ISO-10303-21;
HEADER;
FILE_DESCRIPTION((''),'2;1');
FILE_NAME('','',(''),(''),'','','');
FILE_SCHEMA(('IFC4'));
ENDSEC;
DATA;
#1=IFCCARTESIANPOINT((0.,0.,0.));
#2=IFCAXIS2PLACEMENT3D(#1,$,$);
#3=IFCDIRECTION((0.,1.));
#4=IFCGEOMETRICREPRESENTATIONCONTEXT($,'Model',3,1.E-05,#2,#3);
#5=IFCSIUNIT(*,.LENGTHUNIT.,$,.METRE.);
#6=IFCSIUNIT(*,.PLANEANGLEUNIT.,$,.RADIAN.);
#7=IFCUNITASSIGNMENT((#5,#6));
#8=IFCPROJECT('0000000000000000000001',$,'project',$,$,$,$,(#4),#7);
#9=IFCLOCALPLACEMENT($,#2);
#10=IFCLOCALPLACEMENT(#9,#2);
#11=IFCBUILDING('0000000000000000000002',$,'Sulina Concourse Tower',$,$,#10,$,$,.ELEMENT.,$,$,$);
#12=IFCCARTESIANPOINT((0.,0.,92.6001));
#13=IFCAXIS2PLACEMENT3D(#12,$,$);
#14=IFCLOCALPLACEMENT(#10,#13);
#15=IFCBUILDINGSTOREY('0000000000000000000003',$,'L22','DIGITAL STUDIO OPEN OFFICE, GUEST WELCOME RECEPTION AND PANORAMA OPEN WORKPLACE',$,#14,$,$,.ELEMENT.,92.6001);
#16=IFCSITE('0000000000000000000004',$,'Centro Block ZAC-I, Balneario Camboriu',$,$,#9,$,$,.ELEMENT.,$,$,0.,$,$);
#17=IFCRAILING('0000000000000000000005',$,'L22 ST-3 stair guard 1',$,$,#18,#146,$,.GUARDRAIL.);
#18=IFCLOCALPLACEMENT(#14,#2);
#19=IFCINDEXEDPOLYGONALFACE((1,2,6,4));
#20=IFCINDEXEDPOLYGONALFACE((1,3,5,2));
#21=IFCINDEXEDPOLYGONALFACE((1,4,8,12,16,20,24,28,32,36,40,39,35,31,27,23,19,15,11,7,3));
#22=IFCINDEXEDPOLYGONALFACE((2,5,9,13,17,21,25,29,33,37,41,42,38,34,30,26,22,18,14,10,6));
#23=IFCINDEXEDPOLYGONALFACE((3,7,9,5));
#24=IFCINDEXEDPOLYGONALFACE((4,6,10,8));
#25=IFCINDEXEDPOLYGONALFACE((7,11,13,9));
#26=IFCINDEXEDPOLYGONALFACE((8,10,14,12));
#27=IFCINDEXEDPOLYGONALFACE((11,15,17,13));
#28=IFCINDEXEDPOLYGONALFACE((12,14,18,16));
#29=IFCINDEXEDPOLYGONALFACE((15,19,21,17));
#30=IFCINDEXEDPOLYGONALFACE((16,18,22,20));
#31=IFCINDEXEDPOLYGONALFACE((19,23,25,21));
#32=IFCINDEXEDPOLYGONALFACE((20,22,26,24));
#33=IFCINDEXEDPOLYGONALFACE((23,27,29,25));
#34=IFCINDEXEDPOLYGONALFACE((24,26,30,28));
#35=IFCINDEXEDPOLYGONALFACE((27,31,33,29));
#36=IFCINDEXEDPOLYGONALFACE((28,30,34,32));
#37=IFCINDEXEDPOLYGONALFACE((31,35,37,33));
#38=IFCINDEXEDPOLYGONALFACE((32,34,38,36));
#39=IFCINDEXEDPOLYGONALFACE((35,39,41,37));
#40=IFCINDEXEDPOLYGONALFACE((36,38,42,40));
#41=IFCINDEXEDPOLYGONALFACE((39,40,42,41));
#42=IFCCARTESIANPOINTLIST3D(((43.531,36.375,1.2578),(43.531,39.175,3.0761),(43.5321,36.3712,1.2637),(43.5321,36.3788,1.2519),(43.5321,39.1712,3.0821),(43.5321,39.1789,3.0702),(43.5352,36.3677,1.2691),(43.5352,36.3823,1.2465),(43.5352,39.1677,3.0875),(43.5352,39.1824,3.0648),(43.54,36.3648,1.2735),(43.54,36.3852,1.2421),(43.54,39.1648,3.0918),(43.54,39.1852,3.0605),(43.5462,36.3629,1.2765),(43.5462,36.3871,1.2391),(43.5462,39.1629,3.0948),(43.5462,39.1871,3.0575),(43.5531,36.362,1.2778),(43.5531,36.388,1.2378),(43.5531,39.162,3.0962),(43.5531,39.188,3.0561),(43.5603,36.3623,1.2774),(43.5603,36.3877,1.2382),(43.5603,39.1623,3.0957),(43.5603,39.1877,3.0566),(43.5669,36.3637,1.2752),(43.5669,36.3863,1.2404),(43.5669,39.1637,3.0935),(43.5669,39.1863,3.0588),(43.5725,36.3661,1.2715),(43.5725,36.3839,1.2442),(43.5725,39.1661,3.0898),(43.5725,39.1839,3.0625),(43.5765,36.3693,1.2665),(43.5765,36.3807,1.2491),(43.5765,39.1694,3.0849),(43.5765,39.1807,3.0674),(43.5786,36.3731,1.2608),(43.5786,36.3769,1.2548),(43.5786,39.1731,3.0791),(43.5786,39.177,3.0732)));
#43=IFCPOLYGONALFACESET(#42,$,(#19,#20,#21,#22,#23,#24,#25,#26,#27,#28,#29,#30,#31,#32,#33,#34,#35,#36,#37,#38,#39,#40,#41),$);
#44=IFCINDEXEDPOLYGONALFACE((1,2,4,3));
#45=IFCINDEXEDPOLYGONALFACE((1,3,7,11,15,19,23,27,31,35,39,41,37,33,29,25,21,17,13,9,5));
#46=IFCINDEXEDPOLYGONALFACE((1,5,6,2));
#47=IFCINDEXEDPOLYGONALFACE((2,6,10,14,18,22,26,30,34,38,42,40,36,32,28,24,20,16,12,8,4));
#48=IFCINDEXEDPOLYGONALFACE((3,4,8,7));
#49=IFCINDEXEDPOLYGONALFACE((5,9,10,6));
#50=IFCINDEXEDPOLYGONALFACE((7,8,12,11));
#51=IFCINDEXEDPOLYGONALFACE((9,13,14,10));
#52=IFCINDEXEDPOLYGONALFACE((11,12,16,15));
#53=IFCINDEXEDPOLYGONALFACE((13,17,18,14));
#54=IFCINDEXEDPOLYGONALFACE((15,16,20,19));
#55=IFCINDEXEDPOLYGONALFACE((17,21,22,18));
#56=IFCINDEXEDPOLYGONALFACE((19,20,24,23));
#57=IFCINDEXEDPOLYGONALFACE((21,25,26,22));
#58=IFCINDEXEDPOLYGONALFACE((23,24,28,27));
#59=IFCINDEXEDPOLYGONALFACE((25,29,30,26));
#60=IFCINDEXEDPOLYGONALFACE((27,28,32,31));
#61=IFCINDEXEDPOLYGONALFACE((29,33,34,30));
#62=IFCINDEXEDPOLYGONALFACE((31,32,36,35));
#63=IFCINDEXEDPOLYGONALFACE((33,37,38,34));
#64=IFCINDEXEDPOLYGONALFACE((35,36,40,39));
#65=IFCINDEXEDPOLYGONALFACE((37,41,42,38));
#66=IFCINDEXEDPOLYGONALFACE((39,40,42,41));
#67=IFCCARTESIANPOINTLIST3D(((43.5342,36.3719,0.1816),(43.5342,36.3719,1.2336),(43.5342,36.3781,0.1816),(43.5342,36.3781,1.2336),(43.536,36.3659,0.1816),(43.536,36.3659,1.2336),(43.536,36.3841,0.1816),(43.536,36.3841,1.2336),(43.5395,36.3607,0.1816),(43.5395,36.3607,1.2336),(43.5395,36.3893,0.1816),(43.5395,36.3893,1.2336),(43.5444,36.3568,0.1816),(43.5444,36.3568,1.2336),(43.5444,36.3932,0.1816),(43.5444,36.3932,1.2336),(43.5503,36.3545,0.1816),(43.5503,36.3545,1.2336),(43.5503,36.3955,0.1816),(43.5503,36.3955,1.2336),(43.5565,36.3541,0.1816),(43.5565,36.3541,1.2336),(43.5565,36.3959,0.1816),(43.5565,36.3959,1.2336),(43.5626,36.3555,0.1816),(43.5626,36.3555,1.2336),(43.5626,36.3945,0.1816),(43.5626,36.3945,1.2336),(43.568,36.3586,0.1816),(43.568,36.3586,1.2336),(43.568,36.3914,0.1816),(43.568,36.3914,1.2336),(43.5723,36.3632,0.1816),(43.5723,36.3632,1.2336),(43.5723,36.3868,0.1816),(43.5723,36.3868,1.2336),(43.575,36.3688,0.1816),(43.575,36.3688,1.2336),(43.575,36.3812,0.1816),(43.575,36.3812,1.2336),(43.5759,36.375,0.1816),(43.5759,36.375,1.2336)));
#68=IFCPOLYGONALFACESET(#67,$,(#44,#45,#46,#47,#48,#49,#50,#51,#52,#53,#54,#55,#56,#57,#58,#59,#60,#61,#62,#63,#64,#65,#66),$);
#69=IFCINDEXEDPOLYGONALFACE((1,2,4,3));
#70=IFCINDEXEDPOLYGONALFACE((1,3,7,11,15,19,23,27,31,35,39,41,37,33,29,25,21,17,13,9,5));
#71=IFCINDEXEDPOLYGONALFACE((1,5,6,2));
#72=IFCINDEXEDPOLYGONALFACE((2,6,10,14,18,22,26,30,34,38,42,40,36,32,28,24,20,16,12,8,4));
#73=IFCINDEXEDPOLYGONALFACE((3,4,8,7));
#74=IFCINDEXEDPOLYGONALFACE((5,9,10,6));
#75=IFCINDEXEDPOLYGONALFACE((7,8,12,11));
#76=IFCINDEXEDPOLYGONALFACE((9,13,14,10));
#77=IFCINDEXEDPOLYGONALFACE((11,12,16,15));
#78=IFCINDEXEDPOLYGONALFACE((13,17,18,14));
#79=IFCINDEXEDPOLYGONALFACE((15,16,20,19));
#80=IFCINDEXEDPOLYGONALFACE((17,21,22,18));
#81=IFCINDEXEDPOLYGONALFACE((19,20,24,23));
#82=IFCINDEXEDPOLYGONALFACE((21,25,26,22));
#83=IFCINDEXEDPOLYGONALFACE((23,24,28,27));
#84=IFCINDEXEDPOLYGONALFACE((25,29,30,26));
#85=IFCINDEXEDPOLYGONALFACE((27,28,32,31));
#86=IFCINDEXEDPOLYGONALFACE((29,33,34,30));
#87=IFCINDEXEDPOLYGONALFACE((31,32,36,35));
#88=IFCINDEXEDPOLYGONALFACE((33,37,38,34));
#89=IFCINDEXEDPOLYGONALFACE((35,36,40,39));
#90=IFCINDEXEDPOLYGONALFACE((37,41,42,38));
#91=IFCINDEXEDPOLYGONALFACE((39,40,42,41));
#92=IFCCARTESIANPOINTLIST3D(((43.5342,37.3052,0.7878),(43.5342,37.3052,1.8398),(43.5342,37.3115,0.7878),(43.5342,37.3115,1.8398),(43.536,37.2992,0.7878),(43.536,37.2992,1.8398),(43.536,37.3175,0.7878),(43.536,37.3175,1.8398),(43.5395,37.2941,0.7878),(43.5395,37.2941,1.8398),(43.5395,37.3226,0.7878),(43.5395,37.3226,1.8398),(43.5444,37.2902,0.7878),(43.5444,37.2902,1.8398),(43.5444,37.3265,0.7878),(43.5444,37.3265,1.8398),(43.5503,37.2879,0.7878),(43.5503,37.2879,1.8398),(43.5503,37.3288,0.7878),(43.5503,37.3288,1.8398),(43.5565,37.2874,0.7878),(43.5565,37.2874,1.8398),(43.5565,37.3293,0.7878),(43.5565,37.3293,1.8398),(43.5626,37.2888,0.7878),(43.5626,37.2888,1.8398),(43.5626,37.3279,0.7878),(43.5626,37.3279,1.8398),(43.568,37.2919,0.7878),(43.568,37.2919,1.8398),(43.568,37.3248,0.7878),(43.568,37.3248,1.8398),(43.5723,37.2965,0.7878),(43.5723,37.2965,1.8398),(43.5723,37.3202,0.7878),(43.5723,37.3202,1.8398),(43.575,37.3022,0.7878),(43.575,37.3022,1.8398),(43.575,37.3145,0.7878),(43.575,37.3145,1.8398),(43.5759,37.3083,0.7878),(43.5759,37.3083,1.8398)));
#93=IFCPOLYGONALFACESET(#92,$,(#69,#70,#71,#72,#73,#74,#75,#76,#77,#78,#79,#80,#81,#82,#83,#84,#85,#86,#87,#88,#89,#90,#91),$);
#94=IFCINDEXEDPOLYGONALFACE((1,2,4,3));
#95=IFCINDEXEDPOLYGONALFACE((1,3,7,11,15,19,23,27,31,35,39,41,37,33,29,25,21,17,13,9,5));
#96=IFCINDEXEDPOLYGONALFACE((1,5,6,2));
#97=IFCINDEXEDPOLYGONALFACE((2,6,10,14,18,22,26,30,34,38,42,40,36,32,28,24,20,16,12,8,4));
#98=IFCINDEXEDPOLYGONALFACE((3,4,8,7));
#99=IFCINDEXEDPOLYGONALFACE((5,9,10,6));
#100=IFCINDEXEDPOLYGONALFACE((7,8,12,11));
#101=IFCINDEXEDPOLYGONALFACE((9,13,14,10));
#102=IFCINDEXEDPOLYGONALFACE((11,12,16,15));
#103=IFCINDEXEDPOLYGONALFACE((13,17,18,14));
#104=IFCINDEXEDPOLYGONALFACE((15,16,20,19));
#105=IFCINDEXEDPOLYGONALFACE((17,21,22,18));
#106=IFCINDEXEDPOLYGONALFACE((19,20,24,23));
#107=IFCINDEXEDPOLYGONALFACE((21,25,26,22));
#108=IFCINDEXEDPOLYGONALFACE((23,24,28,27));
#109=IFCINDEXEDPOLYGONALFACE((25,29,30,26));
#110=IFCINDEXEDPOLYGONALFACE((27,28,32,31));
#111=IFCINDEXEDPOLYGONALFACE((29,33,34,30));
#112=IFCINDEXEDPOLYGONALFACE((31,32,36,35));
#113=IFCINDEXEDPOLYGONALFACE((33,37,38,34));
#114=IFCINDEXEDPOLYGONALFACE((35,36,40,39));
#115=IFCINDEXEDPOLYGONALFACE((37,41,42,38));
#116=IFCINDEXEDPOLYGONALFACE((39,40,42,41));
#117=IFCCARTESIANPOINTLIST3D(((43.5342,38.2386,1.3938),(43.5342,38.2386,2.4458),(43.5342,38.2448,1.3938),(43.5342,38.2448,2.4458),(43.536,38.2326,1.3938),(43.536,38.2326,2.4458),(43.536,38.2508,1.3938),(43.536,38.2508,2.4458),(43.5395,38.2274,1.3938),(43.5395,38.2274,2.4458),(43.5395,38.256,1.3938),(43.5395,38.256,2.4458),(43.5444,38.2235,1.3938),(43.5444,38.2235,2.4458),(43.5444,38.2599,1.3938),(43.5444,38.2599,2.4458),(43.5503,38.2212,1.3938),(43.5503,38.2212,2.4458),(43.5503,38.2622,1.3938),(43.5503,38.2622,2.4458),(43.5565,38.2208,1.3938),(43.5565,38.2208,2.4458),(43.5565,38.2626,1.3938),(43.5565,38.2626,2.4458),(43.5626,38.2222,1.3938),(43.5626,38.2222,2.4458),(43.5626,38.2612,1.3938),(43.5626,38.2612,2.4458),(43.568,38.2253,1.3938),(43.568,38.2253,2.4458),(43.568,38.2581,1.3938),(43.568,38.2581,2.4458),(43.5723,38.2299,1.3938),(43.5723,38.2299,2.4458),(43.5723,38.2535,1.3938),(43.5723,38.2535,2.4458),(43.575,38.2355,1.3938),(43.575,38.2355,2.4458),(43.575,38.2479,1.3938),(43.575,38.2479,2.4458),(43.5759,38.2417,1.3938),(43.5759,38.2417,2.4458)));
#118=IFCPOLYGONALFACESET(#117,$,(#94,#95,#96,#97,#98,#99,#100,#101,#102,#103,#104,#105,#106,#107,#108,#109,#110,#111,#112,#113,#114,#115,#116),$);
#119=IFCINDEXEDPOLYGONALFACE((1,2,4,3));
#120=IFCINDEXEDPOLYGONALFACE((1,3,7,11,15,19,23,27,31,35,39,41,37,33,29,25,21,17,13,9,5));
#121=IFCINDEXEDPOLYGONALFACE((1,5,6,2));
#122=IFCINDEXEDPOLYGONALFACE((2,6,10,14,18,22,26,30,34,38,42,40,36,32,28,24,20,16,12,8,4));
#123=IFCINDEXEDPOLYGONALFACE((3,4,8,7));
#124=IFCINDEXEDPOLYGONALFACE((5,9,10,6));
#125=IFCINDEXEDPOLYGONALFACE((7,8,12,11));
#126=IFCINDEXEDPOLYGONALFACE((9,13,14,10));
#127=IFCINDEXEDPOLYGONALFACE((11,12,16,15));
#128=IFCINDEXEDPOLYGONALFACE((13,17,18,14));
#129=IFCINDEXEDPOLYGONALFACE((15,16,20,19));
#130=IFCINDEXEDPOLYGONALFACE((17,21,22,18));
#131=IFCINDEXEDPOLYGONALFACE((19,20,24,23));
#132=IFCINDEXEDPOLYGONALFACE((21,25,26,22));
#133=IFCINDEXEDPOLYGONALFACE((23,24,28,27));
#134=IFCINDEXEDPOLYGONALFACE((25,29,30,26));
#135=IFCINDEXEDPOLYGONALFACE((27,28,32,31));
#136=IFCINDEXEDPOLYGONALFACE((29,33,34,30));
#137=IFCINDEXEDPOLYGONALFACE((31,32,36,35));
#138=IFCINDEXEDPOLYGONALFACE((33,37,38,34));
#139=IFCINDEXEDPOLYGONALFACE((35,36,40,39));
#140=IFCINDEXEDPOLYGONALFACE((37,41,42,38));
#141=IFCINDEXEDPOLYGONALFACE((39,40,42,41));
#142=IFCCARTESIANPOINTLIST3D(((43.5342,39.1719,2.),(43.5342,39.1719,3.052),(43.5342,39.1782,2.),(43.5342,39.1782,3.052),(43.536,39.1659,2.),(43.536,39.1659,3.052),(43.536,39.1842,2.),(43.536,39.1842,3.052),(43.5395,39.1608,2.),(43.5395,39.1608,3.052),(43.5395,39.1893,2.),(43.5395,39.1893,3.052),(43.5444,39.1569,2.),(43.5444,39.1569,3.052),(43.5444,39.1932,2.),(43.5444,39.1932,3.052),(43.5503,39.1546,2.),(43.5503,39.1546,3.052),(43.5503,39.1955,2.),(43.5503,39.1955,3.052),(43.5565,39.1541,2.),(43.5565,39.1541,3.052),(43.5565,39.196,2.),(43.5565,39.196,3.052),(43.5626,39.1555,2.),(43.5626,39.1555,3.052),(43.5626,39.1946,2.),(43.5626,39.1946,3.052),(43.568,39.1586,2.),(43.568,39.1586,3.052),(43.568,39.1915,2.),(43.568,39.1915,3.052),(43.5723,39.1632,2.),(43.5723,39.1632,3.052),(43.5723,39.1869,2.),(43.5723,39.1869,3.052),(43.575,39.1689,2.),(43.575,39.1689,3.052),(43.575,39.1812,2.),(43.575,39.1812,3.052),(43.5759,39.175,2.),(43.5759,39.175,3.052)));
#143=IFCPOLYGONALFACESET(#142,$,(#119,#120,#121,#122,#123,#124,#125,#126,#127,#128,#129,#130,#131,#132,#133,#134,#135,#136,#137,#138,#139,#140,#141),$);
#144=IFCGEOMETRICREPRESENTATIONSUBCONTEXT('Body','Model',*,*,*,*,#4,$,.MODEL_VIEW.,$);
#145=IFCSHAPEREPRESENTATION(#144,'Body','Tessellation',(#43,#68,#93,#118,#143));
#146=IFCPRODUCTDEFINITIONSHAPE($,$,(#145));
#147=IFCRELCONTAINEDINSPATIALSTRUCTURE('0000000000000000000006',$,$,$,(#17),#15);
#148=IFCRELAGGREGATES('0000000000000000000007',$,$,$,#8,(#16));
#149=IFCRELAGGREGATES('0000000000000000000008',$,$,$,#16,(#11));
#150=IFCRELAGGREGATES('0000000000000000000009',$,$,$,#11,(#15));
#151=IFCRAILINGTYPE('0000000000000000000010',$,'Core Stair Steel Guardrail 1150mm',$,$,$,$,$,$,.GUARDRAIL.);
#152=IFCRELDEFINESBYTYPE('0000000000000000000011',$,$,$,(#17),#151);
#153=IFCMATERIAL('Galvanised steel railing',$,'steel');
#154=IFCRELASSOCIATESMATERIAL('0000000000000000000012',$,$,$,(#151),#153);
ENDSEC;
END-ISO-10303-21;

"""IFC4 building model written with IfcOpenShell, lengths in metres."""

from ifc_helpers import new_model, si_unit, direction, frame, origin, origin_2d, place, context, subcontext, project, spatial, circle, extrude, material, type_object, element, save


model = new_model("IFC4")

# Units and contexts
model_context = context("Model", 3, precision=1e-05, world=origin(), true_north=direction((0.0, 1.0)))
body_context = subcontext(model_context, "Body", "Model", "MODEL_VIEW")
ifc_project = project(units=[si_unit("LENGTHUNIT", "METRE"), si_unit("PLANEANGLEUNIT", "RADIAN")], contexts=[model_context])

# Site, building, storey
site_placement = place(None, origin())
site = spatial("IfcSite", under=ifc_project, at=site_placement, Name="Centro Block ZAC-I, Balneario Camboriu", CompositionType="ELEMENT", RefElevation=0.0)
building_placement = place(site_placement, origin())
building = spatial("IfcBuilding", under=site, at=building_placement, Name="Sulina Concourse Tower", CompositionType="ELEMENT")
storey_placement = place(building_placement, frame((0.0, 0.0, 92.6001)))
storey = spatial("IfcBuildingStorey", under=building, at=storey_placement, Name="L22", Description="DIGITAL STUDIO OPEN OFFICE, GUEST WELCOME RECEPTION AND PANORAMA OPEN WORKPLACE", CompositionType="ELEMENT", Elevation=92.6001)

# Railing
ifc_material_1 = material(Name="Galvanised steel railing", Category="steel")
railing_type_1 = type_object("IfcRailingType", Name="Core Stair Steel Guardrail 1150mm", PredefinedType="GUARDRAIL", material=ifc_material_1)
railing_1_placement = place(storey_placement, frame((43.5549, 36.375, 0.1816)))
element("IfcRailing", 1, at=railing_1_placement, inside=storey, type_object=railing_type_1, Name="L22 ST-3 stair guard 1", PredefinedType="GUARDRAIL", context=body_context, shape_type="SweptSolid", body=[
    extrude(circle(Radius=0.0239, at=origin_2d()), frame((0.0, 0.0, 1.0762), z_axis=(0.0, 0.838672, 0.544636), x_axis=(-1.0, 0.0, 0.0)), (0.0, 0.0, 1.0), 3.3386),
    extrude(circle(Radius=0.021, at=origin_2d()), origin(), (0.0, 0.0, 1.0), 1.052),
    extrude(circle(Radius=0.021, at=origin_2d()), frame((0.0, 0.9333, 0.6062)), (0.0, 0.0, 1.0), 1.052),
    extrude(circle(Radius=0.021, at=origin_2d()), frame((0.0, 1.8667, 1.2122)), (0.0, 0.0, 1.0), 1.052),
    extrude(circle(Radius=0.021, at=origin_2d()), frame((0.0, 2.8, 1.8184)), (0.0, 0.0, 1.0), 1.052),
])

save(model, "model.ifc")
